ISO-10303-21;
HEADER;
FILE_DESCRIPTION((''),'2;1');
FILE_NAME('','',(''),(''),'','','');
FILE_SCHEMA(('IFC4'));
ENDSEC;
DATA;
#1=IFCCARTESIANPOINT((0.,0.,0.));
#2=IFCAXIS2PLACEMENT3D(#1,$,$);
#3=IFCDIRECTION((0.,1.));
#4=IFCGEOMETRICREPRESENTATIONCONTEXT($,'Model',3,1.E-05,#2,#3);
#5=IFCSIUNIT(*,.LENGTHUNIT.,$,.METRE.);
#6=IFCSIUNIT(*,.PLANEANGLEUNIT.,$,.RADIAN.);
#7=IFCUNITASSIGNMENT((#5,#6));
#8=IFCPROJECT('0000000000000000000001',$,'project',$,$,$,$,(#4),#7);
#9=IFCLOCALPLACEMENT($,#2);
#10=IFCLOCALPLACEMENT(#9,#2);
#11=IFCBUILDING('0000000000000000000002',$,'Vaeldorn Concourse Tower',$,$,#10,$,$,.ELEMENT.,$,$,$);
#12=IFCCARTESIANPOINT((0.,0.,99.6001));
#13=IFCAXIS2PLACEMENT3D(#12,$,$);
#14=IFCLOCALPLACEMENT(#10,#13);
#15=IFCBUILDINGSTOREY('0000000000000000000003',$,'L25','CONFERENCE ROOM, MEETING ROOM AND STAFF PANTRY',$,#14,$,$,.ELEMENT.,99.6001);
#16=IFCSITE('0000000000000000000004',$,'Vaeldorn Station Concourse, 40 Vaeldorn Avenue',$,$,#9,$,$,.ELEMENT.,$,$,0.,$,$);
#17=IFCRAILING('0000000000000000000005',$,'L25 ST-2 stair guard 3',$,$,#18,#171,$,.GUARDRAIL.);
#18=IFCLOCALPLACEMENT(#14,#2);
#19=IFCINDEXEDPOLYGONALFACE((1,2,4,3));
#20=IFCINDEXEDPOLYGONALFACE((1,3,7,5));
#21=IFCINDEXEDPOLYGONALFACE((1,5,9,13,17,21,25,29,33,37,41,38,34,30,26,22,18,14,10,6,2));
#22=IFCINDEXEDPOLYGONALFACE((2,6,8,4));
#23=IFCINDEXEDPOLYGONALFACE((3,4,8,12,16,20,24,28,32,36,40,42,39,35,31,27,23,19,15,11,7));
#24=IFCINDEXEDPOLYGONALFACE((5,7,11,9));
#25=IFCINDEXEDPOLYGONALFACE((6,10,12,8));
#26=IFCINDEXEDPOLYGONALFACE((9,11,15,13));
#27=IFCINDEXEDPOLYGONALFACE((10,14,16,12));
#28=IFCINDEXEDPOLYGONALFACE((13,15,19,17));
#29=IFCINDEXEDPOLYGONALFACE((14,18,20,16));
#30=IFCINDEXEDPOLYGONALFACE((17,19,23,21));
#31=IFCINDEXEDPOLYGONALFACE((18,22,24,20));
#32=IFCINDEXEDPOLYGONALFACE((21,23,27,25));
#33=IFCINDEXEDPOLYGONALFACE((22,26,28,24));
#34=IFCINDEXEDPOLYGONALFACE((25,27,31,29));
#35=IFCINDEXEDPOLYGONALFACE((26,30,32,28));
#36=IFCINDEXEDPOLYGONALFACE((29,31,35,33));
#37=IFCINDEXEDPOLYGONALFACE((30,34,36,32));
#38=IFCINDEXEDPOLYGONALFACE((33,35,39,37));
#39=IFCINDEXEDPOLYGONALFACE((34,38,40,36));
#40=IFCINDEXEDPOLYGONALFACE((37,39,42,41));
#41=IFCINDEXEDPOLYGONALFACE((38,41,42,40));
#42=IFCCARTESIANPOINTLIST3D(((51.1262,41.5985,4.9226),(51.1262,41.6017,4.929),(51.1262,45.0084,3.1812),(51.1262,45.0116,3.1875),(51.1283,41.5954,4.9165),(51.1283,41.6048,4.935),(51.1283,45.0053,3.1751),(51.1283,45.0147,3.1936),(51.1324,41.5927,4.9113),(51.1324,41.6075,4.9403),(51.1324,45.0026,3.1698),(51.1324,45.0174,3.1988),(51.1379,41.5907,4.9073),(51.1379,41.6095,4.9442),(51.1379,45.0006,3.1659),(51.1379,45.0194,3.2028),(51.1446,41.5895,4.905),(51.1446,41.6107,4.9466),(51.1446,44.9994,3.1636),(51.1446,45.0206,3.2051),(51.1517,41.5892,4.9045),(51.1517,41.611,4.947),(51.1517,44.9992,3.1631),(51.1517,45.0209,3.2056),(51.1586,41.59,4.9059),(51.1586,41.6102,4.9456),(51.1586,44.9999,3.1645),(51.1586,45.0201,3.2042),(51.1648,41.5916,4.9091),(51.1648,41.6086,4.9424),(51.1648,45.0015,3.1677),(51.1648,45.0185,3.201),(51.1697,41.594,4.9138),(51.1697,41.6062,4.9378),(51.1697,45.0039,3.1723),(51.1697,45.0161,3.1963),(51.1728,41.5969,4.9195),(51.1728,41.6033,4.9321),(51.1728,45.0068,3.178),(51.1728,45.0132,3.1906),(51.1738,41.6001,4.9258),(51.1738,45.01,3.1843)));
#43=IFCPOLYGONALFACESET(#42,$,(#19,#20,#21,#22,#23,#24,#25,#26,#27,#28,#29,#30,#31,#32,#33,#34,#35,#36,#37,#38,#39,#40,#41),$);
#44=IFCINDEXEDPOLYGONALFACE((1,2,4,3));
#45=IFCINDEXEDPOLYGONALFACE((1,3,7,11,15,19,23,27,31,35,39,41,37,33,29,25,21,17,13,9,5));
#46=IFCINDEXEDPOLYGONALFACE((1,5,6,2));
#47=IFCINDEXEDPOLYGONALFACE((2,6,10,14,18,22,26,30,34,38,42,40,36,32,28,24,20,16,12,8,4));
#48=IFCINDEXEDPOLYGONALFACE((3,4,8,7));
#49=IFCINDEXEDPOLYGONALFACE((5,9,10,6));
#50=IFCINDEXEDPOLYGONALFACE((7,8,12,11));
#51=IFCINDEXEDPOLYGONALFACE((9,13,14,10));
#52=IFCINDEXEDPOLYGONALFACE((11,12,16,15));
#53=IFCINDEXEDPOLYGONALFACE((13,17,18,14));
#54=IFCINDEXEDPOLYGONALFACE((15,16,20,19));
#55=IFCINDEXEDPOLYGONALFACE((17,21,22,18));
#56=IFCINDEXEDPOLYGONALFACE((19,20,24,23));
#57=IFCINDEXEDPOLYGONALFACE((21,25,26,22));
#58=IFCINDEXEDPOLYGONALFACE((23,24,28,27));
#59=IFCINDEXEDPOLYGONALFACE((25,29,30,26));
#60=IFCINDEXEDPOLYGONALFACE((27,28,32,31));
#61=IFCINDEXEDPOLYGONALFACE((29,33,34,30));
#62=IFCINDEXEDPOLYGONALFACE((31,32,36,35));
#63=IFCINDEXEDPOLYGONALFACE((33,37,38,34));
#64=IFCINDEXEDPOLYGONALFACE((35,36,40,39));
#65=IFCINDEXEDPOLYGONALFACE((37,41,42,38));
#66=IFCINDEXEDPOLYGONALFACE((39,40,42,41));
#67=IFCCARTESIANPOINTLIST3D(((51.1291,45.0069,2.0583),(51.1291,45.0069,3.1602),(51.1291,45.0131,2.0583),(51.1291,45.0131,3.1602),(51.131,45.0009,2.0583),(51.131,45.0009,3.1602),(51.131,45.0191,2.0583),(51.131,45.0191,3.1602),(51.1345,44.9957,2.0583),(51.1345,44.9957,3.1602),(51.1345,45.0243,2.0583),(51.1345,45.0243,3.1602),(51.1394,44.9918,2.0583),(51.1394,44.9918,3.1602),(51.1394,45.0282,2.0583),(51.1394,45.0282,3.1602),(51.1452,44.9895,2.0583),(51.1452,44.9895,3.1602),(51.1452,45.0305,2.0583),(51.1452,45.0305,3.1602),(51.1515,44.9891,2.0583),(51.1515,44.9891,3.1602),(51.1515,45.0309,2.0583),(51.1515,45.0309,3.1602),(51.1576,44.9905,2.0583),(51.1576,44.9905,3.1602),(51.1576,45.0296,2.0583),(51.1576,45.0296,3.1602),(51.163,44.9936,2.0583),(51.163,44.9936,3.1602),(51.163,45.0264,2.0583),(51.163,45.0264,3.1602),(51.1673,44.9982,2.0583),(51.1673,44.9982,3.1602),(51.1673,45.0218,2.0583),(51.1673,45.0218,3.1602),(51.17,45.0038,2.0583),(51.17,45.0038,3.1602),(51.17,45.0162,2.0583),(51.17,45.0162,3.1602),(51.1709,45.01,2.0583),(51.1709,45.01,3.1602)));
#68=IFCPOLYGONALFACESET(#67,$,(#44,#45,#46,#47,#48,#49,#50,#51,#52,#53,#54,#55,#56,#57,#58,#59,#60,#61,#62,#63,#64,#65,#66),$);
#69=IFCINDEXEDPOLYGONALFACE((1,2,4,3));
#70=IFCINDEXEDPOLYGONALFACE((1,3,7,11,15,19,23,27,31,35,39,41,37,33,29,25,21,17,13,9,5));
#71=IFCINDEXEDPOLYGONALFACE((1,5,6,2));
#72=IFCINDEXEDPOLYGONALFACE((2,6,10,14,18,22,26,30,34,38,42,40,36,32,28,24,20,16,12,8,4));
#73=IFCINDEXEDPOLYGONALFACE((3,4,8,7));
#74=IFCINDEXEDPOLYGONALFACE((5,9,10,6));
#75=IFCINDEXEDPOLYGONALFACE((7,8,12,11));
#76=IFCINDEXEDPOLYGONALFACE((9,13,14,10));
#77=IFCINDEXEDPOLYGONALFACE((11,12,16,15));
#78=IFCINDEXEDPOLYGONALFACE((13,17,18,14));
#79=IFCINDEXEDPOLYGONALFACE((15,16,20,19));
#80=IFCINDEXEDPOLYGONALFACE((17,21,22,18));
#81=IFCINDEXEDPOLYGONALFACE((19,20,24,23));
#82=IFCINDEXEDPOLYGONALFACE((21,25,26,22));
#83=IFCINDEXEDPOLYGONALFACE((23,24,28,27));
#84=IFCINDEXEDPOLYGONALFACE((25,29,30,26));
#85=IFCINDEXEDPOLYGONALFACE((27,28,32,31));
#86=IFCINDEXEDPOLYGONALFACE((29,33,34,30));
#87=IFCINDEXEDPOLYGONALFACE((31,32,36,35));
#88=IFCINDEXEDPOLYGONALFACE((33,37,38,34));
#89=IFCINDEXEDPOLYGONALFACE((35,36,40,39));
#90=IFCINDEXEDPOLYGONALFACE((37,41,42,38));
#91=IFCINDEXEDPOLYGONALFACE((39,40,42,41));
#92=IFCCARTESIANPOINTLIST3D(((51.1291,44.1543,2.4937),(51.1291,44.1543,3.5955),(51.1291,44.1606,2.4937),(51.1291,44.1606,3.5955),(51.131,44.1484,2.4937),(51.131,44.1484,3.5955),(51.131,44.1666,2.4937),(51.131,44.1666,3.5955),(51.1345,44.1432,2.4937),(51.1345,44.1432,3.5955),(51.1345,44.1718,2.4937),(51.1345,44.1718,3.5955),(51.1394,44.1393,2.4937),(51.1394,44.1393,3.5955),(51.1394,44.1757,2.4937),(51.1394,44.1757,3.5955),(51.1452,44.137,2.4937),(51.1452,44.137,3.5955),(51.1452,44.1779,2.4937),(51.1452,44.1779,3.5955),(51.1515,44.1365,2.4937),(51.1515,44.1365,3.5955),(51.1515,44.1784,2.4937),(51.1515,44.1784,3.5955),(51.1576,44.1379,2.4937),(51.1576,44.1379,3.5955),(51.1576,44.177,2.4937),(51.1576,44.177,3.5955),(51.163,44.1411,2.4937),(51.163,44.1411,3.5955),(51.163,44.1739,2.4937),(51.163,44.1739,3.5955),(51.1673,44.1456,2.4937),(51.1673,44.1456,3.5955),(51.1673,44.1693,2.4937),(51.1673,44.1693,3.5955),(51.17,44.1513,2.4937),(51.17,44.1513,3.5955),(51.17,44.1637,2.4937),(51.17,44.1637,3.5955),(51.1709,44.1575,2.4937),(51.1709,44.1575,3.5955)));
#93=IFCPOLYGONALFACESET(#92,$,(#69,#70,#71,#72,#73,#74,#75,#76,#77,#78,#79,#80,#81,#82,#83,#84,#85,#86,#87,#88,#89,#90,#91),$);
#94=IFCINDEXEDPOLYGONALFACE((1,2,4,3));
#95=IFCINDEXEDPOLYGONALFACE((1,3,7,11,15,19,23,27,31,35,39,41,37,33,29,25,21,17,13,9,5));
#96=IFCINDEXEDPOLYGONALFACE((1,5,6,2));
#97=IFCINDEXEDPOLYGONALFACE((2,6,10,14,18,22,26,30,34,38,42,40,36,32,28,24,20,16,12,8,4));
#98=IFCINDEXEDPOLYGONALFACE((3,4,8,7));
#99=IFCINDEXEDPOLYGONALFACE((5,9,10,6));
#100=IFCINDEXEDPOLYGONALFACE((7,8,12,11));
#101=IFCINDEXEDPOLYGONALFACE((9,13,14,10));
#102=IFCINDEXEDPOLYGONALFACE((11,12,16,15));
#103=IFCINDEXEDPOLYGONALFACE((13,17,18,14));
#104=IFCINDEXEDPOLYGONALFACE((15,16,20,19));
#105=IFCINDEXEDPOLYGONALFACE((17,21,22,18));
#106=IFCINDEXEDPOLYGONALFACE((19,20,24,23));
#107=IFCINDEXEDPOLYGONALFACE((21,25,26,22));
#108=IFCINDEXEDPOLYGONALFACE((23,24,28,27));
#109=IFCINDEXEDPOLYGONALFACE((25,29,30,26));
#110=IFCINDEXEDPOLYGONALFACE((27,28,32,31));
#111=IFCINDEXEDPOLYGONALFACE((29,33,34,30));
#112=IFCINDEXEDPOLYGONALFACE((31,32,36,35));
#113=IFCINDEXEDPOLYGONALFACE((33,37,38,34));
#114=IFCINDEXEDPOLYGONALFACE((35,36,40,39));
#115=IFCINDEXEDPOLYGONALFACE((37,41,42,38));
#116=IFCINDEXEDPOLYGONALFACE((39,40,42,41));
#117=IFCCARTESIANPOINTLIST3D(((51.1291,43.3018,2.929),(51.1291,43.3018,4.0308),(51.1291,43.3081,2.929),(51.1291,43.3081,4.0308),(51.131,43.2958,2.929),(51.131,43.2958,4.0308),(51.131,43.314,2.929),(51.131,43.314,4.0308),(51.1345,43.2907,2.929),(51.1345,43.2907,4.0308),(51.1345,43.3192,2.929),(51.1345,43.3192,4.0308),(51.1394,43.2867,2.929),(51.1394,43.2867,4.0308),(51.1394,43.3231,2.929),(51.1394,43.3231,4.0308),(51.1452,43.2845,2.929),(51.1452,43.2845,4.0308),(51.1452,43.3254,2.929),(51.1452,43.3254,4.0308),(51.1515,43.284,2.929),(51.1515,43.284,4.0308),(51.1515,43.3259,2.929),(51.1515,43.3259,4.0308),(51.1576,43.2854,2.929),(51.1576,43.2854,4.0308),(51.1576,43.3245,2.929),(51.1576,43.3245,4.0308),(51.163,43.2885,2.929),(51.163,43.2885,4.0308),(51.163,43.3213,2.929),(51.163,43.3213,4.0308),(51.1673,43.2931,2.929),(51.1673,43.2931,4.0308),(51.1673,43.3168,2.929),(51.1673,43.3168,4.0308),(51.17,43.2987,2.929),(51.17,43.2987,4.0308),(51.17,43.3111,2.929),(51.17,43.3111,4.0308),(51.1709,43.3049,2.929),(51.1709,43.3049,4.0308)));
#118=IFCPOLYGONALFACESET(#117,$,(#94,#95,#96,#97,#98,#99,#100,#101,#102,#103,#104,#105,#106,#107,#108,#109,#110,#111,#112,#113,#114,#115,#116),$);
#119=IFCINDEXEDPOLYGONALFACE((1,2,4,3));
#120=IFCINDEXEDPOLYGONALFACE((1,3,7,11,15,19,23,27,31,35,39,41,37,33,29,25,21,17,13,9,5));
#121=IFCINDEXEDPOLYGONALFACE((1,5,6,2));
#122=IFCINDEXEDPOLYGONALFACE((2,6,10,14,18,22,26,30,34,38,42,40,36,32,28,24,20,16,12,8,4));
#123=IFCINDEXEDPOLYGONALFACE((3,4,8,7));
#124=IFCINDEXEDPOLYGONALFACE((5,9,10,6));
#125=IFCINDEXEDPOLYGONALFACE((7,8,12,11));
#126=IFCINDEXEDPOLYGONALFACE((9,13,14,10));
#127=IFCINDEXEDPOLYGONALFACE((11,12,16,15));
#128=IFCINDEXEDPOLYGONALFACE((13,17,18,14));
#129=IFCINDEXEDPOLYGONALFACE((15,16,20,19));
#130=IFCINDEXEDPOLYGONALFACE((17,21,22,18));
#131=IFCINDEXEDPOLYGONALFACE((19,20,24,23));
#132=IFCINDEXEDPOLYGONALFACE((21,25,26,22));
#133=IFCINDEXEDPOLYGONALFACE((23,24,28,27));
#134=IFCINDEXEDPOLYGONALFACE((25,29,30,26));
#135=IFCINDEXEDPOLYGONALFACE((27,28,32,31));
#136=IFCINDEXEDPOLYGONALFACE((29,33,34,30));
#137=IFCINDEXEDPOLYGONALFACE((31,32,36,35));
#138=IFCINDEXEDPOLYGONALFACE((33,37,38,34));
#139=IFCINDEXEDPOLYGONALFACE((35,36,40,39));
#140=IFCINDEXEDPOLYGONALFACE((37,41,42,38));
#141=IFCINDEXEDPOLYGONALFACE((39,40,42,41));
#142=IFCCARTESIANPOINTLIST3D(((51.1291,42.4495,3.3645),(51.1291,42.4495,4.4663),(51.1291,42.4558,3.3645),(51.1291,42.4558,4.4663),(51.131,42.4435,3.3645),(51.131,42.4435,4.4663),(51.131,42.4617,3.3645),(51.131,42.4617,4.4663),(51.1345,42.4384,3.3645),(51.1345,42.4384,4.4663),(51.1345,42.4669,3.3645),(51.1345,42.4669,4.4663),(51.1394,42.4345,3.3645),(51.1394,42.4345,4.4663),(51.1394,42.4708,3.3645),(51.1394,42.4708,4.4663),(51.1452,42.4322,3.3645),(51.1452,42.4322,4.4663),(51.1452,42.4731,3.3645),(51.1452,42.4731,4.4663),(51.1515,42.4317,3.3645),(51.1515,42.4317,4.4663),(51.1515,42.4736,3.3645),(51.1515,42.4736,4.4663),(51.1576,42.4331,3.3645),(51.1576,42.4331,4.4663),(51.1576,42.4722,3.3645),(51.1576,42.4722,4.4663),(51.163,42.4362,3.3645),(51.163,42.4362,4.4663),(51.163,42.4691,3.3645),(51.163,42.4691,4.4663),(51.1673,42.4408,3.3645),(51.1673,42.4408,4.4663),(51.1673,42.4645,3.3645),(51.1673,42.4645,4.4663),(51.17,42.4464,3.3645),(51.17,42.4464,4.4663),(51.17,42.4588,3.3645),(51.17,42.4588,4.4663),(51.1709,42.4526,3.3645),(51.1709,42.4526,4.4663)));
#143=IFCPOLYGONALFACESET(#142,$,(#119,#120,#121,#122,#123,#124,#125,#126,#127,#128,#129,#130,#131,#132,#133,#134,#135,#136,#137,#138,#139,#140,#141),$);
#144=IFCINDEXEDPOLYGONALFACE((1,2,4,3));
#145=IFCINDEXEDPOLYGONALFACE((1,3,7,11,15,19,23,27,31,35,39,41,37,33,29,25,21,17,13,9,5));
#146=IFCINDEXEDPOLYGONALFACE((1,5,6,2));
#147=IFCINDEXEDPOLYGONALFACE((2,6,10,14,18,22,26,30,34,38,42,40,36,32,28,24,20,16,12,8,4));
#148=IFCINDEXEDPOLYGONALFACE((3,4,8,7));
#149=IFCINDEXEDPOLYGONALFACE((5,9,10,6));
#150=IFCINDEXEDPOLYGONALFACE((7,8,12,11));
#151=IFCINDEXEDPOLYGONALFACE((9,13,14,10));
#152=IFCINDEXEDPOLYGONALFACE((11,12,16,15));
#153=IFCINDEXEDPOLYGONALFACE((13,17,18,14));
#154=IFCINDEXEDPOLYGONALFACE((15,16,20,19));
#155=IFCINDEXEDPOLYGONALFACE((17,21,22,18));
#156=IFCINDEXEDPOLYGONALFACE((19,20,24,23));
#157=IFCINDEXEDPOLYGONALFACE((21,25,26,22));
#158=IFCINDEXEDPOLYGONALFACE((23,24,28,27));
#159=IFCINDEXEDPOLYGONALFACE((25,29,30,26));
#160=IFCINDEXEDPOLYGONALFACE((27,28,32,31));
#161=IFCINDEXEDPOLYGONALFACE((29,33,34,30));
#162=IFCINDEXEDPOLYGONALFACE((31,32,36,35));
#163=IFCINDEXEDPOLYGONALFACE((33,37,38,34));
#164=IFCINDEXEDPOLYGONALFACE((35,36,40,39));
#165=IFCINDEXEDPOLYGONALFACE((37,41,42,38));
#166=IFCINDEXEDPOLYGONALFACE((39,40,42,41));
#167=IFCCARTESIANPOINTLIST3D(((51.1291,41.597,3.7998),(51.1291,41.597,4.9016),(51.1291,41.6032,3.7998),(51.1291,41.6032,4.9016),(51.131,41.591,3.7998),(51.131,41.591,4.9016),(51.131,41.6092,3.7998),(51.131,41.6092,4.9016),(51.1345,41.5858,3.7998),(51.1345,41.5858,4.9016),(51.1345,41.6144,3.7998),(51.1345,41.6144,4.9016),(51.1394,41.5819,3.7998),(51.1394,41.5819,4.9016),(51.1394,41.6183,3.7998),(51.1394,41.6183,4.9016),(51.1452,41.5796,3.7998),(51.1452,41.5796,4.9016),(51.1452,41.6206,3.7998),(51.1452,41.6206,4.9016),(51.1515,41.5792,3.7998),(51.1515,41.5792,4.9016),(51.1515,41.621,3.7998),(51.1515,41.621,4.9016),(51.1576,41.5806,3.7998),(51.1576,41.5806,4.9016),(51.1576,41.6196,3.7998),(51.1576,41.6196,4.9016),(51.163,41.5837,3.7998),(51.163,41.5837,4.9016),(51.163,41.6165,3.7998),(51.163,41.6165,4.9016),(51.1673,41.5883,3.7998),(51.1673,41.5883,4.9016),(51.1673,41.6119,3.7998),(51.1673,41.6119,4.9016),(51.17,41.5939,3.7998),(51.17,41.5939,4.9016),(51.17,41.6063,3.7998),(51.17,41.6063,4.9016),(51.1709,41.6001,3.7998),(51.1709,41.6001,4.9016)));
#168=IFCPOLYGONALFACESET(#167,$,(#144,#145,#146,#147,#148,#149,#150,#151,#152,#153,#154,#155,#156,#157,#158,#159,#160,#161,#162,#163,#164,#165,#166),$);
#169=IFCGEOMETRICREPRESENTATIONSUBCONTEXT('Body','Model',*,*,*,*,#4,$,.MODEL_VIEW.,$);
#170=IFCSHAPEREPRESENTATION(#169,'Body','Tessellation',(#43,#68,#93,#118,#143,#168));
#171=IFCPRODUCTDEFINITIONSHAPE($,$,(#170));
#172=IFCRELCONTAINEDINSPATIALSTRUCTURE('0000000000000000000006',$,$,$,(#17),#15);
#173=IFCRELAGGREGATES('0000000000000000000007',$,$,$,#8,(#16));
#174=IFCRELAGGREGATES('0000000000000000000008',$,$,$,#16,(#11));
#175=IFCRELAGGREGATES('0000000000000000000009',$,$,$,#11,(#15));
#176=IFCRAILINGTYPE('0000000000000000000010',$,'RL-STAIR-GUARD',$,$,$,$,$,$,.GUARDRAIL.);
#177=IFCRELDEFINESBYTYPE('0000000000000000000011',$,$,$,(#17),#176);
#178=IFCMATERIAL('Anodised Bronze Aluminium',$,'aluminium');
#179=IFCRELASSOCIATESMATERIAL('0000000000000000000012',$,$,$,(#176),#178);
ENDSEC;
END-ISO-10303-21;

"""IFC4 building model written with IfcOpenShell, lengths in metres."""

from ifc_helpers import new_model, si_unit, direction, frame, origin, origin_2d, place, context, subcontext, project, spatial, circle, extrude, material, type_object, element, save


model = new_model("IFC4")

# Units and contexts
model_context = context("Model", 3, precision=1e-05, world=origin(), true_north=direction((0.0, 1.0)))
body_context = subcontext(model_context, "Body", "Model", "MODEL_VIEW")
ifc_project = project(units=[si_unit("LENGTHUNIT", "METRE"), si_unit("PLANEANGLEUNIT", "RADIAN")], contexts=[model_context])

# Site, building, storey
site_placement = place(None, origin())
site = spatial("IfcSite", under=ifc_project, at=site_placement, Name="Vaeldorn Station Concourse, 40 Vaeldorn Avenue", CompositionType="ELEMENT", RefElevation=0.0)
building_placement = place(site_placement, origin())
building = spatial("IfcBuilding", under=site, at=building_placement, Name="Vaeldorn Concourse Tower", CompositionType="ELEMENT")
storey_placement = place(building_placement, frame((0.0, 0.0, 99.6001)))
storey = spatial("IfcBuildingStorey", under=building, at=storey_placement, Name="L25", Description="CONFERENCE ROOM, MEETING ROOM AND STAFF PANTRY", CompositionType="ELEMENT", Elevation=99.6001)

# Shared definitions
ifc_material_1 = material(Name="Anodised Bronze Aluminium", Category="aluminium")

# Railing
railing_type_1 = type_object("IfcRailingType", Name="RL-STAIR-GUARD", PredefinedType="GUARDRAIL", material=ifc_material_1)
railing_1_placement = place(storey_placement, frame((51.1499, 45.01, 2.0583)))
element("IfcRailing", 1, at=railing_1_placement, inside=storey, type_object=railing_type_1, Name="L25 ST-2 stair guard 3", PredefinedType="GUARDRAIL", context=body_context, shape_type="SweptSolid", body=[
    extrude(circle(Radius=0.0239, at=origin_2d()), frame((0.0, 0.0, 1.126), z_axis=(0.0, -0.890582, 0.454823), x_axis=(1.0, 0.0, 0.0)), (0.0, 0.0, 1.0), 3.8289),
    extrude(circle(Radius=0.021, at=origin_2d()), origin(), (0.0, 0.0, 1.0), 1.1018),
    extrude(circle(Radius=0.021, at=origin_2d()), frame((0.0, -0.8525, 0.4353)), (0.0, 0.0, 1.0), 1.1018),
    extrude(circle(Radius=0.021, at=origin_2d()), frame((0.0, -1.7051, 0.8706)), (0.0, 0.0, 1.0), 1.1018),
    extrude(circle(Radius=0.021, at=origin_2d()), frame((0.0, -2.5574, 1.3062)), (0.0, 0.0, 1.0), 1.1018),
    extrude(circle(Radius=0.021, at=origin_2d()), frame((0.0, -3.4099, 1.7415)), (0.0, 0.0, 1.0), 1.1018),
])

save(model, "model.ifc")
